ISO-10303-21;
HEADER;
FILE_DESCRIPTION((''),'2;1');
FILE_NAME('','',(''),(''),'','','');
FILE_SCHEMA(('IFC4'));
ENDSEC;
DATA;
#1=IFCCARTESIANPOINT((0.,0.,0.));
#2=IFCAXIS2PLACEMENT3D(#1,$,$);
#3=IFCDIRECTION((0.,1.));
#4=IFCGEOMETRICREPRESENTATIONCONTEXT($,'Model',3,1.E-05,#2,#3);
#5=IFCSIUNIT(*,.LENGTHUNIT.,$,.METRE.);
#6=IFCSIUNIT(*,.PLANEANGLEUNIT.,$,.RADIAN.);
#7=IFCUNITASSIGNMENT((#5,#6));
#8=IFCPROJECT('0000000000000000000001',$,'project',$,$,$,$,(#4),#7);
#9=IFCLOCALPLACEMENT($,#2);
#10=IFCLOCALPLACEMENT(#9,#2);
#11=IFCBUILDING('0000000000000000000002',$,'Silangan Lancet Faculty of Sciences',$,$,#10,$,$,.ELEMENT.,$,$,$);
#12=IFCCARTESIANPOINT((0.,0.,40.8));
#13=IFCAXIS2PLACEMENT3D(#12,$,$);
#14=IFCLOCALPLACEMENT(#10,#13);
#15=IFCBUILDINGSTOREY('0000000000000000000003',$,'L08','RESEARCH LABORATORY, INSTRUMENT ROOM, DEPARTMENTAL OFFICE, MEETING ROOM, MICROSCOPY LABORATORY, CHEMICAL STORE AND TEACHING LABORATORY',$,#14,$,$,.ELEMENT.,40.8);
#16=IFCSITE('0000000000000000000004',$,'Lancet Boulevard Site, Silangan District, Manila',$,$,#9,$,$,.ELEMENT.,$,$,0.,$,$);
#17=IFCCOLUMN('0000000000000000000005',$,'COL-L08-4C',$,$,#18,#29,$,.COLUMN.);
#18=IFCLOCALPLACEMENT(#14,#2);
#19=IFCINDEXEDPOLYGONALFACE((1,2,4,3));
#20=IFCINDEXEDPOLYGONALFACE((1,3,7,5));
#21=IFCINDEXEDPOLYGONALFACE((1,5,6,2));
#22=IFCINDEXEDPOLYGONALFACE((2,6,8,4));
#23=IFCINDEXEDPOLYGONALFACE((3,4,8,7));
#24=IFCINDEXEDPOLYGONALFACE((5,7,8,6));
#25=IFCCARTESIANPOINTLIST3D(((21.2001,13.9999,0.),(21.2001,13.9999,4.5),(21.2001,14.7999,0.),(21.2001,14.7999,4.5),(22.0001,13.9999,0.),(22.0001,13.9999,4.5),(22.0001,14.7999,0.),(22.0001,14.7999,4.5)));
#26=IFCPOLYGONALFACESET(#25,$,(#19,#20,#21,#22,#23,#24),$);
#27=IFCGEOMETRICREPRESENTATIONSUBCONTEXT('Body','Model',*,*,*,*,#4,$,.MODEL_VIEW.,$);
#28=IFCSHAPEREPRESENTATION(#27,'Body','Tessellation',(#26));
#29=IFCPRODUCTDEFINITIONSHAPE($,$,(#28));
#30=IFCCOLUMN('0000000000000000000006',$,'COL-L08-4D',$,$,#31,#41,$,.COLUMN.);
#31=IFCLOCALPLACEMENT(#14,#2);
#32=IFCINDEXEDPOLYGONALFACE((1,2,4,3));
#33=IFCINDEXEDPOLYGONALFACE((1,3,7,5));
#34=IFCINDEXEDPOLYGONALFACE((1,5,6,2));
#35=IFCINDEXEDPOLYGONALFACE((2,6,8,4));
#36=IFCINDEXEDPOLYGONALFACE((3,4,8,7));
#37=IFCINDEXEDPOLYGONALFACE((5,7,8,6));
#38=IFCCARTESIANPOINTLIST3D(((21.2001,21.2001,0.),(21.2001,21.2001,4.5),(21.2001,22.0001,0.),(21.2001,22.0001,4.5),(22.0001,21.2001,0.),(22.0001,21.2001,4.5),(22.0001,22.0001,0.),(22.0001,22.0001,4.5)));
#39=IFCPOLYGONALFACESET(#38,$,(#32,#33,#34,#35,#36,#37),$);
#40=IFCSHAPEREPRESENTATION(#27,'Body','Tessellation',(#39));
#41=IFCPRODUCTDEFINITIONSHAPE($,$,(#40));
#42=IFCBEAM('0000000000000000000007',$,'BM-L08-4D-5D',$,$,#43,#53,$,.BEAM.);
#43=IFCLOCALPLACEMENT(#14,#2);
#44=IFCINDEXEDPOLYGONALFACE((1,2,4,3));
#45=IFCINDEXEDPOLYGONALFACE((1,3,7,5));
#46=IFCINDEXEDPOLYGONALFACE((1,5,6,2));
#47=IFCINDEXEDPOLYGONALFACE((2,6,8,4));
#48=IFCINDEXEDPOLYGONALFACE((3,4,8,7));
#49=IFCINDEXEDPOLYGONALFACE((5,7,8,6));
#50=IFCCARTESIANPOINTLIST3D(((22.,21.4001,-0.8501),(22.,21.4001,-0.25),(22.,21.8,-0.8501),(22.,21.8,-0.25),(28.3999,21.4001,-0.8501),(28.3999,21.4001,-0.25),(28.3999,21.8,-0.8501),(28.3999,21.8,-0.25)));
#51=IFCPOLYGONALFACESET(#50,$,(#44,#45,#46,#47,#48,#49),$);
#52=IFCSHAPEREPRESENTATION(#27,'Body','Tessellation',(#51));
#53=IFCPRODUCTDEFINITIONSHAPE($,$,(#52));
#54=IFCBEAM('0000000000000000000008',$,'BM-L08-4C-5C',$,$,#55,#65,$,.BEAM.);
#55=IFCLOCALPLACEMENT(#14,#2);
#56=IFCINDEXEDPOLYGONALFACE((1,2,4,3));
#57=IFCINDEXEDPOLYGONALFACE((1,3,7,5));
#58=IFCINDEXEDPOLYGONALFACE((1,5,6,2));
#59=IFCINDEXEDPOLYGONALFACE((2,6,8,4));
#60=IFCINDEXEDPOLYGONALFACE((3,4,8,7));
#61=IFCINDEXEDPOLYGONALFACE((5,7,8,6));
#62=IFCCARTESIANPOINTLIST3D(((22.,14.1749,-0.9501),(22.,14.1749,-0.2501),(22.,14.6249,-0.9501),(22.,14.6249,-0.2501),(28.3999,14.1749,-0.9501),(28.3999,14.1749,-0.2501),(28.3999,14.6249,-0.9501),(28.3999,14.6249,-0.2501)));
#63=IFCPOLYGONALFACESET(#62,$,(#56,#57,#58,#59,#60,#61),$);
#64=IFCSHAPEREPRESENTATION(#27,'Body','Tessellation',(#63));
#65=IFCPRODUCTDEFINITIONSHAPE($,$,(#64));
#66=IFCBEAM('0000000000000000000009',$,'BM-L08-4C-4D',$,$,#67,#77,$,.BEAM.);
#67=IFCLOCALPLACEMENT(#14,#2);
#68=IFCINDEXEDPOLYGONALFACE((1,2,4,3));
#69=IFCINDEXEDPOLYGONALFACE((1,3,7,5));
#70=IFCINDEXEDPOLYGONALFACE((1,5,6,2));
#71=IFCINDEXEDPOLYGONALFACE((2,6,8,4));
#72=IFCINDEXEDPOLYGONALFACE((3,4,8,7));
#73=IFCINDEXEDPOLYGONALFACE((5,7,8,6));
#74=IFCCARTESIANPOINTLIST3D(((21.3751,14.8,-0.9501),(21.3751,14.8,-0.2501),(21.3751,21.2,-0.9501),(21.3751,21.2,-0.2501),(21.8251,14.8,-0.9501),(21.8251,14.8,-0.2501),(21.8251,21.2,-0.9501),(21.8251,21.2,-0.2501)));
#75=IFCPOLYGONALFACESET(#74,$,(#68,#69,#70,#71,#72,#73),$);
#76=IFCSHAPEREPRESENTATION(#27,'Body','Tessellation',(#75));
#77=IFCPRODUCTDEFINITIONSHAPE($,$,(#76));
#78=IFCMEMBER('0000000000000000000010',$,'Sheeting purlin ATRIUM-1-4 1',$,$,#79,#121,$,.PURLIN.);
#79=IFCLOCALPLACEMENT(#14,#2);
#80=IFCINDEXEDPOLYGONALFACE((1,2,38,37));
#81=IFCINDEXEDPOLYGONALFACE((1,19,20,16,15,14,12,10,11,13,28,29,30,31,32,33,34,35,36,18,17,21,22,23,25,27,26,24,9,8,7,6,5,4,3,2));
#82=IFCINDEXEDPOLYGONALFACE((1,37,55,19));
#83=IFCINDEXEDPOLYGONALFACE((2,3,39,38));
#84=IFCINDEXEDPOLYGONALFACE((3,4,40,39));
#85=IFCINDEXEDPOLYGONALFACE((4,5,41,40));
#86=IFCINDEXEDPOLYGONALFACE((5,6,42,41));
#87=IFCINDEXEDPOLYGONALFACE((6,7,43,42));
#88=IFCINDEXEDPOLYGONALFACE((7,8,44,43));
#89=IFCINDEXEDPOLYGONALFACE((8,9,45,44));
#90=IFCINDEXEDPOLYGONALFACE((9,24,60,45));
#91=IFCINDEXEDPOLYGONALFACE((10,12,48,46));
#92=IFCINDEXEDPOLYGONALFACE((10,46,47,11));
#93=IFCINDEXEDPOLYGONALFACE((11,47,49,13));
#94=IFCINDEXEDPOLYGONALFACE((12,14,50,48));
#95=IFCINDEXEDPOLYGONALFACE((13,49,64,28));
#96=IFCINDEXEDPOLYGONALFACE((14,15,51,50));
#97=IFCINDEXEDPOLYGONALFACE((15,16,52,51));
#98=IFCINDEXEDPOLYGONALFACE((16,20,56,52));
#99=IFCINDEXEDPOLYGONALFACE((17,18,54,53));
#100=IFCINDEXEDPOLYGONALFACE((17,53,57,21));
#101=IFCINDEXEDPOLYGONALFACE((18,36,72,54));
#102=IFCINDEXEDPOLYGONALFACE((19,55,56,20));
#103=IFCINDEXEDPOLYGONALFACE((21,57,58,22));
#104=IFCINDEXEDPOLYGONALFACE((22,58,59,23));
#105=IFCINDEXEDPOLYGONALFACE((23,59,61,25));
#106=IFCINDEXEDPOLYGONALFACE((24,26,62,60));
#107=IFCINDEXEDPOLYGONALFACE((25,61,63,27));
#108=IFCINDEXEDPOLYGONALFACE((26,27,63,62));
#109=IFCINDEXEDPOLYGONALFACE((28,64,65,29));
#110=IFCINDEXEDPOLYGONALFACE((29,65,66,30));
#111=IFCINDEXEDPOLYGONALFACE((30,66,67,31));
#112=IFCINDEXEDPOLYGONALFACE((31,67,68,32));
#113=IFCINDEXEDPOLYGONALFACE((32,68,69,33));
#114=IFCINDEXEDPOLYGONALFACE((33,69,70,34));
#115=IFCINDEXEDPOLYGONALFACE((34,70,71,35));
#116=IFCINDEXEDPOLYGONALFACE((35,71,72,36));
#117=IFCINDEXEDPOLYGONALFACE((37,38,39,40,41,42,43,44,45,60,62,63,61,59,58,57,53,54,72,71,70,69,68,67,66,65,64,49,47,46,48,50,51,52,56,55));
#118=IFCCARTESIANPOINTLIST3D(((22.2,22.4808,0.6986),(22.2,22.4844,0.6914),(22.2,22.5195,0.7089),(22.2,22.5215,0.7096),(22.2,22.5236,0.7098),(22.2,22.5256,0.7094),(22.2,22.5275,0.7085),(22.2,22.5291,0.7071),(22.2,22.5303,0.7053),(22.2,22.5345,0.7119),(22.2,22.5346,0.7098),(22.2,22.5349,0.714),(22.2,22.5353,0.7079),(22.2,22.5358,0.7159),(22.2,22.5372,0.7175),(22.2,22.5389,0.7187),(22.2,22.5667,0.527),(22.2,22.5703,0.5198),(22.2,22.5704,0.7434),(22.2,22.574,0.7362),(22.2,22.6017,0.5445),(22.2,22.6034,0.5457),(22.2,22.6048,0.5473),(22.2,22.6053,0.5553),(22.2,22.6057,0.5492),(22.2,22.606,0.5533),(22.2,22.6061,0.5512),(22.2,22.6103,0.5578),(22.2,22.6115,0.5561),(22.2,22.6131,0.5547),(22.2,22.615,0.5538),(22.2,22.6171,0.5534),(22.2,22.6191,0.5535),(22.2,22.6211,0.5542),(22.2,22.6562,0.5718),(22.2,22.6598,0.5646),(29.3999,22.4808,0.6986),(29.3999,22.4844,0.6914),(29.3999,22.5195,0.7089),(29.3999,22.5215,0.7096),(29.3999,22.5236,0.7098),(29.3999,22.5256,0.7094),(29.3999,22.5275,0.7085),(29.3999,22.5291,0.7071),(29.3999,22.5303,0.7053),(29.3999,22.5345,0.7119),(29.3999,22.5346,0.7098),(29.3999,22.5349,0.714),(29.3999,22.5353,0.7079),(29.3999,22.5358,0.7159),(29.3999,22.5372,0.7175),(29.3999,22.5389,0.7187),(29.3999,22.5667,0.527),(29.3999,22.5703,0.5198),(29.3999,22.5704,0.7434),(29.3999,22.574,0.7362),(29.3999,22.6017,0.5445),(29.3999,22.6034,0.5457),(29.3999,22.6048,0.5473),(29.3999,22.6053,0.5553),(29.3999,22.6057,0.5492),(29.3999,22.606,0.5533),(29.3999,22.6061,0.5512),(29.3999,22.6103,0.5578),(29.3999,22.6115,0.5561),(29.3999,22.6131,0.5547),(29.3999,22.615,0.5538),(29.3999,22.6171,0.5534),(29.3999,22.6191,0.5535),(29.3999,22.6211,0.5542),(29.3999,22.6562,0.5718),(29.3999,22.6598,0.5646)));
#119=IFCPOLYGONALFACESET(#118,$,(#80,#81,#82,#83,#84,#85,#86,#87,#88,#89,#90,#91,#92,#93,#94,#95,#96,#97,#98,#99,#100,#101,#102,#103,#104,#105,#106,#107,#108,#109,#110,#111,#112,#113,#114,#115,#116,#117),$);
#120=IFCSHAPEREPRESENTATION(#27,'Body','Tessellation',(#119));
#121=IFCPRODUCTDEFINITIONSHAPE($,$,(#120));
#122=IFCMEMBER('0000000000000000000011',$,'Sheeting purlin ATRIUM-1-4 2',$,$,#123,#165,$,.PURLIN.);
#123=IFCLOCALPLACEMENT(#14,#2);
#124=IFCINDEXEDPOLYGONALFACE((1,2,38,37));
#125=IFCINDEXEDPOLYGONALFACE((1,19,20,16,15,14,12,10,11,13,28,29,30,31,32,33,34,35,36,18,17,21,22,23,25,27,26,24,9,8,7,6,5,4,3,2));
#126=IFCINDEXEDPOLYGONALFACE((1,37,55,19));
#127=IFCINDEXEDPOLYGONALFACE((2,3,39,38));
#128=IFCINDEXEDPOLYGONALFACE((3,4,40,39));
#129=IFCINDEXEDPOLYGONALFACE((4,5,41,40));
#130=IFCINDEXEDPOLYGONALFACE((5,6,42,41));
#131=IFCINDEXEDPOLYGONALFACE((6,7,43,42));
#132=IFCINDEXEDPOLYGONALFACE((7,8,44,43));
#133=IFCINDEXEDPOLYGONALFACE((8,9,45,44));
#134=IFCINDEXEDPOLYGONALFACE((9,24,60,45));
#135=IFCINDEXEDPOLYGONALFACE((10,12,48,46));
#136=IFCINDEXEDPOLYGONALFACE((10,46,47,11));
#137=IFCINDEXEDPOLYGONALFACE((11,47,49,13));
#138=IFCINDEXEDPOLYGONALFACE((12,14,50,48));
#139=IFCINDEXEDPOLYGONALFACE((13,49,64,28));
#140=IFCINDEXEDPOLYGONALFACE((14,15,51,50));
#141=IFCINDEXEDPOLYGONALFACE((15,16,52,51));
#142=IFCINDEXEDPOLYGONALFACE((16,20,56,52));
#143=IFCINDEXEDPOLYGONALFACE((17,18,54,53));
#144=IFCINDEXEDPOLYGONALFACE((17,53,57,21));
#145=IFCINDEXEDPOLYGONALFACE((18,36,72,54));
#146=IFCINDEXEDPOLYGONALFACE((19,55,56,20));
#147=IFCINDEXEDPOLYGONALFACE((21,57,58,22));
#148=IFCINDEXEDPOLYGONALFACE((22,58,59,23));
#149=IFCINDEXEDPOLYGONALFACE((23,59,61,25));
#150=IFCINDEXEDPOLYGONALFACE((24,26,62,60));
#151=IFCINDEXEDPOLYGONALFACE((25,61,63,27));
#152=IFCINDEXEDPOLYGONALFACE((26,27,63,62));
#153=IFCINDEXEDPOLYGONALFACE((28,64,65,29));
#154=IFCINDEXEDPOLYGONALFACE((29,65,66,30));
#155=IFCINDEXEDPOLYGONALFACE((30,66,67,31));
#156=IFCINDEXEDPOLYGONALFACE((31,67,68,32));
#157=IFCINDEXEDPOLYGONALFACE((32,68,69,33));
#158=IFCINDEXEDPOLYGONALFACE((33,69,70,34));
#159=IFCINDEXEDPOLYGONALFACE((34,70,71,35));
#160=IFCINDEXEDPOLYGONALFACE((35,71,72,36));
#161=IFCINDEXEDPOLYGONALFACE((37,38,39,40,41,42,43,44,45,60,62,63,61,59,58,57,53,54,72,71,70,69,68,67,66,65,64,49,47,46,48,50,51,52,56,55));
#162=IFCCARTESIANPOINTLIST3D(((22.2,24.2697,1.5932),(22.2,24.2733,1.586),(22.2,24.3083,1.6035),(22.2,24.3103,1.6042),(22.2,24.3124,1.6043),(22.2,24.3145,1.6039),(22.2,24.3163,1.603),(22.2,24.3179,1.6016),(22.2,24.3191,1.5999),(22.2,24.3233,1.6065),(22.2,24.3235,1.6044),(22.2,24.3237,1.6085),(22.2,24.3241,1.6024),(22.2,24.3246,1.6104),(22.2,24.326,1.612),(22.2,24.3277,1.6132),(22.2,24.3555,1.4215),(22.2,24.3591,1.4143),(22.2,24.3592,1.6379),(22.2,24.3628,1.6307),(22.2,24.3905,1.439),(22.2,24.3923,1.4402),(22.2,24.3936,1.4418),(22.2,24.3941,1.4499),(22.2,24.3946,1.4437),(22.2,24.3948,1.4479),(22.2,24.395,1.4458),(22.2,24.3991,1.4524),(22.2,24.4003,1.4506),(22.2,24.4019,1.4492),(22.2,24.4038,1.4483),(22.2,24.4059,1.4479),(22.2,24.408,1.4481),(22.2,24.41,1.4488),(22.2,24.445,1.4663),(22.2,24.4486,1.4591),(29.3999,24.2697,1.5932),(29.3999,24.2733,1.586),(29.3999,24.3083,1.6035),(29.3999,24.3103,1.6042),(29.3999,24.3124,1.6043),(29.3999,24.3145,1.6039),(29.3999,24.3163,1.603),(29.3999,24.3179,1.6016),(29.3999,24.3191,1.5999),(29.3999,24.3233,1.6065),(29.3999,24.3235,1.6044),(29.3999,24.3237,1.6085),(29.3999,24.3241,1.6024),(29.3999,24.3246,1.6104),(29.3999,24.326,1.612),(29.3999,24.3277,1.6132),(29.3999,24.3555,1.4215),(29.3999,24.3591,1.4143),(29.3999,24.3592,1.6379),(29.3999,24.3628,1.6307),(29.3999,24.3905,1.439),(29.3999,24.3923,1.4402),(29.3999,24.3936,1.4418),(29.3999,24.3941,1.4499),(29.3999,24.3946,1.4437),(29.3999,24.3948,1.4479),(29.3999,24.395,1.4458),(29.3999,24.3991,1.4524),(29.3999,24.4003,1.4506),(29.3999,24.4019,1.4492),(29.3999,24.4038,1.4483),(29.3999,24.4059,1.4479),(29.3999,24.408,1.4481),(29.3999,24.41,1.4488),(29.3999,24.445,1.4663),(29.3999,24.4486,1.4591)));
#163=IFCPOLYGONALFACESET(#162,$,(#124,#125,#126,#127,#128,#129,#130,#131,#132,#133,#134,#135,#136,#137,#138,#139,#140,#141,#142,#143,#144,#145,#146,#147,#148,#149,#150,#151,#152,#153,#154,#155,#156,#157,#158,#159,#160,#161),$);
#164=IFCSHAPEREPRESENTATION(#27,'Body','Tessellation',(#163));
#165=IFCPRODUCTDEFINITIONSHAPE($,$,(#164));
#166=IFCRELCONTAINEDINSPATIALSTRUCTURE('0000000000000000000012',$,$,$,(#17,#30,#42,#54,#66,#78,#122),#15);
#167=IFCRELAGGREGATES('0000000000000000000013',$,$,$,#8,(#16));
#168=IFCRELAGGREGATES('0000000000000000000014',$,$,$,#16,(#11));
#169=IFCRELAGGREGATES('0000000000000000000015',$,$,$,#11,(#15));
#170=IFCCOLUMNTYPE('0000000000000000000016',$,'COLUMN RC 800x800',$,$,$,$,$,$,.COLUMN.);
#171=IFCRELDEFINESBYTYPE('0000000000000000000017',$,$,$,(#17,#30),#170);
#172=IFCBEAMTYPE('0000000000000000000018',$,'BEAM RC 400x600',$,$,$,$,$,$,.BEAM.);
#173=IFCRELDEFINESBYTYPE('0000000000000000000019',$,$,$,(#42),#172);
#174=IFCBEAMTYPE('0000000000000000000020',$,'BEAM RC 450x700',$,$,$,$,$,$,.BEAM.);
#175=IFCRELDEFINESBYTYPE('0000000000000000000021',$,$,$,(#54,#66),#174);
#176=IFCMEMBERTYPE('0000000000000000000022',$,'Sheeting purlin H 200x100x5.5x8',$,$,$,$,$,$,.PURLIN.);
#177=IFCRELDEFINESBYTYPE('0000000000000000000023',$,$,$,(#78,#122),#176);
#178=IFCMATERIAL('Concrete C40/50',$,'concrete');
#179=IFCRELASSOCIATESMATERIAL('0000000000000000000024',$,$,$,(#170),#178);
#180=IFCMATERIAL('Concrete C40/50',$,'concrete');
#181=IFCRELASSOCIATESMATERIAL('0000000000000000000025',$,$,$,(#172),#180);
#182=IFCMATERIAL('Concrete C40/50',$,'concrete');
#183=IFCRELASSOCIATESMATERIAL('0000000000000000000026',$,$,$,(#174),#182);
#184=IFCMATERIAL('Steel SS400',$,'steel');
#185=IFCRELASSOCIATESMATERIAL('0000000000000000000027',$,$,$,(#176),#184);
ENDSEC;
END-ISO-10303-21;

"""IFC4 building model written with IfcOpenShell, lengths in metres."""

from ifc_helpers import new_model, si_unit, direction, frame, origin, origin_2d, place, context, subcontext, project, spatial, rectangle, i_section, extrude, material, material_profile, profile_set, type_object, element, save


model = new_model("IFC4")

# Units and contexts
model_context = context("Model", 3, precision=1e-05, world=origin(), true_north=direction((0.0, 1.0)))
body_context = subcontext(model_context, "Body", "Model", "MODEL_VIEW")
ifc_project = project(units=[si_unit("LENGTHUNIT", "METRE"), si_unit("PLANEANGLEUNIT", "RADIAN")], contexts=[model_context])

# Site, building, storey
site_placement = place(None, origin())
site = spatial("IfcSite", under=ifc_project, at=site_placement, Name="Lancet Boulevard Site, Silangan District, Manila", CompositionType="ELEMENT", RefElevation=0.0)
building_placement = place(site_placement, origin())
building = spatial("IfcBuilding", under=site, at=building_placement, Name="Silangan Lancet Faculty of Sciences", CompositionType="ELEMENT")
storey_placement = place(building_placement, frame((0.0, 0.0, 40.8)))
storey = spatial("IfcBuildingStorey", under=building, at=storey_placement, Name="L08", Description="RESEARCH LABORATORY, INSTRUMENT ROOM, DEPARTMENTAL OFFICE, MEETING ROOM, MICROSCOPY LABORATORY, CHEMICAL STORE AND TEACHING LABORATORY", CompositionType="ELEMENT", Elevation=40.8)

# Columns
ifc_material_1 = material(Name="Concrete C40/50", Category="concrete")
ifc_material_profile_1 = material_profile(ifc_material_1, rectangle(XDim=0.8, YDim=0.8, at=origin_2d()), Name="RC 800x800")
ifc_profile_set_1 = profile_set([ifc_material_profile_1], Name="Concrete C40/50")
column_type = type_object("IfcColumnType", Name="COLUMN RC 800x800", PredefinedType="COLUMN", material=ifc_profile_set_1)
for number, where, z_axis, x_axis, name in (
    (1, (21.6001, 14.3999, 0.0), (0.0, 0.0, 1.0), (1.0, 0.0, 0.0), "COL-L08-4C"),
    (2, (21.6001, 21.6001, 0.0), (0.0, 0.0, 1.0), (1.0, 0.0, 0.0), "COL-L08-4D"),
):
    element("IfcColumn", number, at=place(storey_placement, frame(where, z_axis=z_axis, x_axis=x_axis)), inside=storey, type_object=column_type, Name=name, PredefinedType="COLUMN", context=body_context, shape_type="SweptSolid", body=[
        extrude(rectangle(XDim=0.8, YDim=0.8, at=origin_2d()), origin(), (0.0, 0.0, 1.0), 4.5),
    ])

# Beams
ifc_material_2 = material(Name="Concrete C40/50", Category="concrete")
ifc_material_profile_2 = material_profile(ifc_material_2, rectangle(XDim=0.3999, YDim=0.6001, at=origin_2d()), Name="RC 400x600")
ifc_profile_set_2 = profile_set([ifc_material_profile_2], Name="Concrete C40/50")
beam_type_1 = type_object("IfcBeamType", Name="BEAM RC 400x600", PredefinedType="BEAM", material=ifc_profile_set_2)
beam_placement = place(storey_placement, frame((22.0, 21.6001, -0.55), z_axis=(1.0, 0.0, 0.0), x_axis=(0.0, 1.0, 0.0)))
element("IfcBeam", 3, at=beam_placement, inside=storey, type_object=beam_type_1, Name="BM-L08-4D-5D", PredefinedType="BEAM", context=body_context, shape_type="SweptSolid", body=[
    extrude(rectangle(XDim=0.3999, YDim=0.6001, at=origin_2d()), origin(), (0.0, 0.0, 1.0), 6.3999),
])
ifc_material_3 = material(Name="Concrete C40/50", Category="concrete")
ifc_material_profile_3 = material_profile(ifc_material_3, rectangle(XDim=0.45, YDim=0.7, at=origin_2d()), Name="RC 450x700")
ifc_profile_set_3 = profile_set([ifc_material_profile_3], Name="Concrete C40/50")
beam_type_2 = type_object("IfcBeamType", Name="BEAM RC 450x700", PredefinedType="BEAM", material=ifc_profile_set_3)
for number, where, z_axis, x_axis, name in (
    (4, (22.0, 14.3999, -0.6001), (1.0, 0.0, 0.0), (0.0, 1.0, 0.0), "BM-L08-4C-5C"),
    (5, (21.6001, 14.8, -0.6001), (0.0, 1.0, 0.0), (-1.0, 0.0, 0.0), "BM-L08-4C-4D"),
):
    element("IfcBeam", number, at=place(storey_placement, frame(where, z_axis=z_axis, x_axis=x_axis)), inside=storey, type_object=beam_type_2, Name=name, PredefinedType="BEAM", context=body_context, shape_type="SweptSolid", body=[
        extrude(rectangle(XDim=0.45, YDim=0.7, at=origin_2d()), origin(), (0.0, 0.0, 1.0), 6.3999),
    ])

# Members
ifc_material_4 = material(Name="Steel SS400", Category="steel")
ifc_material_profile_4 = material_profile(ifc_material_4, i_section(OverallWidth=0.1001, OverallDepth=0.2, WebThickness=0.0056, FlangeThickness=0.0081, FilletRadius=0.0081, at=origin_2d()), Name="H 200x100x5.5x8")
ifc_profile_set_4 = profile_set([ifc_material_profile_4], Name="Steel SS400")
member_type_1 = type_object("IfcMemberType", Name="Sheeting purlin H 200x100x5.5x8", PredefinedType="PURLIN", material=ifc_profile_set_4)
for number, where, z_axis, x_axis, name in (
    (6, (22.2, 22.5703, 0.6316), (1.0, 0.0, 0.0), (0.0, 0.894427, 0.447214), "Sheeting purlin ATRIUM-1-4 1"),
    (7, (22.2, 24.3591, 1.5261), (1.0, 0.0, 0.0), (0.0, 0.894427, 0.447214), "Sheeting purlin ATRIUM-1-4 2"),
):
    element("IfcMember", number, at=place(storey_placement, frame(where, z_axis=z_axis, x_axis=x_axis)), inside=storey, type_object=member_type_1, Name=name, PredefinedType="PURLIN", context=body_context, shape_type="SweptSolid", body=[
        extrude(i_section(OverallWidth=0.1001, OverallDepth=0.2, WebThickness=0.0056, FlangeThickness=0.0081, FilletRadius=0.0081, at=origin_2d()), origin(), (0.0, 0.0, 1.0), 7.2),
    ])

save(model, "model.ifc")
